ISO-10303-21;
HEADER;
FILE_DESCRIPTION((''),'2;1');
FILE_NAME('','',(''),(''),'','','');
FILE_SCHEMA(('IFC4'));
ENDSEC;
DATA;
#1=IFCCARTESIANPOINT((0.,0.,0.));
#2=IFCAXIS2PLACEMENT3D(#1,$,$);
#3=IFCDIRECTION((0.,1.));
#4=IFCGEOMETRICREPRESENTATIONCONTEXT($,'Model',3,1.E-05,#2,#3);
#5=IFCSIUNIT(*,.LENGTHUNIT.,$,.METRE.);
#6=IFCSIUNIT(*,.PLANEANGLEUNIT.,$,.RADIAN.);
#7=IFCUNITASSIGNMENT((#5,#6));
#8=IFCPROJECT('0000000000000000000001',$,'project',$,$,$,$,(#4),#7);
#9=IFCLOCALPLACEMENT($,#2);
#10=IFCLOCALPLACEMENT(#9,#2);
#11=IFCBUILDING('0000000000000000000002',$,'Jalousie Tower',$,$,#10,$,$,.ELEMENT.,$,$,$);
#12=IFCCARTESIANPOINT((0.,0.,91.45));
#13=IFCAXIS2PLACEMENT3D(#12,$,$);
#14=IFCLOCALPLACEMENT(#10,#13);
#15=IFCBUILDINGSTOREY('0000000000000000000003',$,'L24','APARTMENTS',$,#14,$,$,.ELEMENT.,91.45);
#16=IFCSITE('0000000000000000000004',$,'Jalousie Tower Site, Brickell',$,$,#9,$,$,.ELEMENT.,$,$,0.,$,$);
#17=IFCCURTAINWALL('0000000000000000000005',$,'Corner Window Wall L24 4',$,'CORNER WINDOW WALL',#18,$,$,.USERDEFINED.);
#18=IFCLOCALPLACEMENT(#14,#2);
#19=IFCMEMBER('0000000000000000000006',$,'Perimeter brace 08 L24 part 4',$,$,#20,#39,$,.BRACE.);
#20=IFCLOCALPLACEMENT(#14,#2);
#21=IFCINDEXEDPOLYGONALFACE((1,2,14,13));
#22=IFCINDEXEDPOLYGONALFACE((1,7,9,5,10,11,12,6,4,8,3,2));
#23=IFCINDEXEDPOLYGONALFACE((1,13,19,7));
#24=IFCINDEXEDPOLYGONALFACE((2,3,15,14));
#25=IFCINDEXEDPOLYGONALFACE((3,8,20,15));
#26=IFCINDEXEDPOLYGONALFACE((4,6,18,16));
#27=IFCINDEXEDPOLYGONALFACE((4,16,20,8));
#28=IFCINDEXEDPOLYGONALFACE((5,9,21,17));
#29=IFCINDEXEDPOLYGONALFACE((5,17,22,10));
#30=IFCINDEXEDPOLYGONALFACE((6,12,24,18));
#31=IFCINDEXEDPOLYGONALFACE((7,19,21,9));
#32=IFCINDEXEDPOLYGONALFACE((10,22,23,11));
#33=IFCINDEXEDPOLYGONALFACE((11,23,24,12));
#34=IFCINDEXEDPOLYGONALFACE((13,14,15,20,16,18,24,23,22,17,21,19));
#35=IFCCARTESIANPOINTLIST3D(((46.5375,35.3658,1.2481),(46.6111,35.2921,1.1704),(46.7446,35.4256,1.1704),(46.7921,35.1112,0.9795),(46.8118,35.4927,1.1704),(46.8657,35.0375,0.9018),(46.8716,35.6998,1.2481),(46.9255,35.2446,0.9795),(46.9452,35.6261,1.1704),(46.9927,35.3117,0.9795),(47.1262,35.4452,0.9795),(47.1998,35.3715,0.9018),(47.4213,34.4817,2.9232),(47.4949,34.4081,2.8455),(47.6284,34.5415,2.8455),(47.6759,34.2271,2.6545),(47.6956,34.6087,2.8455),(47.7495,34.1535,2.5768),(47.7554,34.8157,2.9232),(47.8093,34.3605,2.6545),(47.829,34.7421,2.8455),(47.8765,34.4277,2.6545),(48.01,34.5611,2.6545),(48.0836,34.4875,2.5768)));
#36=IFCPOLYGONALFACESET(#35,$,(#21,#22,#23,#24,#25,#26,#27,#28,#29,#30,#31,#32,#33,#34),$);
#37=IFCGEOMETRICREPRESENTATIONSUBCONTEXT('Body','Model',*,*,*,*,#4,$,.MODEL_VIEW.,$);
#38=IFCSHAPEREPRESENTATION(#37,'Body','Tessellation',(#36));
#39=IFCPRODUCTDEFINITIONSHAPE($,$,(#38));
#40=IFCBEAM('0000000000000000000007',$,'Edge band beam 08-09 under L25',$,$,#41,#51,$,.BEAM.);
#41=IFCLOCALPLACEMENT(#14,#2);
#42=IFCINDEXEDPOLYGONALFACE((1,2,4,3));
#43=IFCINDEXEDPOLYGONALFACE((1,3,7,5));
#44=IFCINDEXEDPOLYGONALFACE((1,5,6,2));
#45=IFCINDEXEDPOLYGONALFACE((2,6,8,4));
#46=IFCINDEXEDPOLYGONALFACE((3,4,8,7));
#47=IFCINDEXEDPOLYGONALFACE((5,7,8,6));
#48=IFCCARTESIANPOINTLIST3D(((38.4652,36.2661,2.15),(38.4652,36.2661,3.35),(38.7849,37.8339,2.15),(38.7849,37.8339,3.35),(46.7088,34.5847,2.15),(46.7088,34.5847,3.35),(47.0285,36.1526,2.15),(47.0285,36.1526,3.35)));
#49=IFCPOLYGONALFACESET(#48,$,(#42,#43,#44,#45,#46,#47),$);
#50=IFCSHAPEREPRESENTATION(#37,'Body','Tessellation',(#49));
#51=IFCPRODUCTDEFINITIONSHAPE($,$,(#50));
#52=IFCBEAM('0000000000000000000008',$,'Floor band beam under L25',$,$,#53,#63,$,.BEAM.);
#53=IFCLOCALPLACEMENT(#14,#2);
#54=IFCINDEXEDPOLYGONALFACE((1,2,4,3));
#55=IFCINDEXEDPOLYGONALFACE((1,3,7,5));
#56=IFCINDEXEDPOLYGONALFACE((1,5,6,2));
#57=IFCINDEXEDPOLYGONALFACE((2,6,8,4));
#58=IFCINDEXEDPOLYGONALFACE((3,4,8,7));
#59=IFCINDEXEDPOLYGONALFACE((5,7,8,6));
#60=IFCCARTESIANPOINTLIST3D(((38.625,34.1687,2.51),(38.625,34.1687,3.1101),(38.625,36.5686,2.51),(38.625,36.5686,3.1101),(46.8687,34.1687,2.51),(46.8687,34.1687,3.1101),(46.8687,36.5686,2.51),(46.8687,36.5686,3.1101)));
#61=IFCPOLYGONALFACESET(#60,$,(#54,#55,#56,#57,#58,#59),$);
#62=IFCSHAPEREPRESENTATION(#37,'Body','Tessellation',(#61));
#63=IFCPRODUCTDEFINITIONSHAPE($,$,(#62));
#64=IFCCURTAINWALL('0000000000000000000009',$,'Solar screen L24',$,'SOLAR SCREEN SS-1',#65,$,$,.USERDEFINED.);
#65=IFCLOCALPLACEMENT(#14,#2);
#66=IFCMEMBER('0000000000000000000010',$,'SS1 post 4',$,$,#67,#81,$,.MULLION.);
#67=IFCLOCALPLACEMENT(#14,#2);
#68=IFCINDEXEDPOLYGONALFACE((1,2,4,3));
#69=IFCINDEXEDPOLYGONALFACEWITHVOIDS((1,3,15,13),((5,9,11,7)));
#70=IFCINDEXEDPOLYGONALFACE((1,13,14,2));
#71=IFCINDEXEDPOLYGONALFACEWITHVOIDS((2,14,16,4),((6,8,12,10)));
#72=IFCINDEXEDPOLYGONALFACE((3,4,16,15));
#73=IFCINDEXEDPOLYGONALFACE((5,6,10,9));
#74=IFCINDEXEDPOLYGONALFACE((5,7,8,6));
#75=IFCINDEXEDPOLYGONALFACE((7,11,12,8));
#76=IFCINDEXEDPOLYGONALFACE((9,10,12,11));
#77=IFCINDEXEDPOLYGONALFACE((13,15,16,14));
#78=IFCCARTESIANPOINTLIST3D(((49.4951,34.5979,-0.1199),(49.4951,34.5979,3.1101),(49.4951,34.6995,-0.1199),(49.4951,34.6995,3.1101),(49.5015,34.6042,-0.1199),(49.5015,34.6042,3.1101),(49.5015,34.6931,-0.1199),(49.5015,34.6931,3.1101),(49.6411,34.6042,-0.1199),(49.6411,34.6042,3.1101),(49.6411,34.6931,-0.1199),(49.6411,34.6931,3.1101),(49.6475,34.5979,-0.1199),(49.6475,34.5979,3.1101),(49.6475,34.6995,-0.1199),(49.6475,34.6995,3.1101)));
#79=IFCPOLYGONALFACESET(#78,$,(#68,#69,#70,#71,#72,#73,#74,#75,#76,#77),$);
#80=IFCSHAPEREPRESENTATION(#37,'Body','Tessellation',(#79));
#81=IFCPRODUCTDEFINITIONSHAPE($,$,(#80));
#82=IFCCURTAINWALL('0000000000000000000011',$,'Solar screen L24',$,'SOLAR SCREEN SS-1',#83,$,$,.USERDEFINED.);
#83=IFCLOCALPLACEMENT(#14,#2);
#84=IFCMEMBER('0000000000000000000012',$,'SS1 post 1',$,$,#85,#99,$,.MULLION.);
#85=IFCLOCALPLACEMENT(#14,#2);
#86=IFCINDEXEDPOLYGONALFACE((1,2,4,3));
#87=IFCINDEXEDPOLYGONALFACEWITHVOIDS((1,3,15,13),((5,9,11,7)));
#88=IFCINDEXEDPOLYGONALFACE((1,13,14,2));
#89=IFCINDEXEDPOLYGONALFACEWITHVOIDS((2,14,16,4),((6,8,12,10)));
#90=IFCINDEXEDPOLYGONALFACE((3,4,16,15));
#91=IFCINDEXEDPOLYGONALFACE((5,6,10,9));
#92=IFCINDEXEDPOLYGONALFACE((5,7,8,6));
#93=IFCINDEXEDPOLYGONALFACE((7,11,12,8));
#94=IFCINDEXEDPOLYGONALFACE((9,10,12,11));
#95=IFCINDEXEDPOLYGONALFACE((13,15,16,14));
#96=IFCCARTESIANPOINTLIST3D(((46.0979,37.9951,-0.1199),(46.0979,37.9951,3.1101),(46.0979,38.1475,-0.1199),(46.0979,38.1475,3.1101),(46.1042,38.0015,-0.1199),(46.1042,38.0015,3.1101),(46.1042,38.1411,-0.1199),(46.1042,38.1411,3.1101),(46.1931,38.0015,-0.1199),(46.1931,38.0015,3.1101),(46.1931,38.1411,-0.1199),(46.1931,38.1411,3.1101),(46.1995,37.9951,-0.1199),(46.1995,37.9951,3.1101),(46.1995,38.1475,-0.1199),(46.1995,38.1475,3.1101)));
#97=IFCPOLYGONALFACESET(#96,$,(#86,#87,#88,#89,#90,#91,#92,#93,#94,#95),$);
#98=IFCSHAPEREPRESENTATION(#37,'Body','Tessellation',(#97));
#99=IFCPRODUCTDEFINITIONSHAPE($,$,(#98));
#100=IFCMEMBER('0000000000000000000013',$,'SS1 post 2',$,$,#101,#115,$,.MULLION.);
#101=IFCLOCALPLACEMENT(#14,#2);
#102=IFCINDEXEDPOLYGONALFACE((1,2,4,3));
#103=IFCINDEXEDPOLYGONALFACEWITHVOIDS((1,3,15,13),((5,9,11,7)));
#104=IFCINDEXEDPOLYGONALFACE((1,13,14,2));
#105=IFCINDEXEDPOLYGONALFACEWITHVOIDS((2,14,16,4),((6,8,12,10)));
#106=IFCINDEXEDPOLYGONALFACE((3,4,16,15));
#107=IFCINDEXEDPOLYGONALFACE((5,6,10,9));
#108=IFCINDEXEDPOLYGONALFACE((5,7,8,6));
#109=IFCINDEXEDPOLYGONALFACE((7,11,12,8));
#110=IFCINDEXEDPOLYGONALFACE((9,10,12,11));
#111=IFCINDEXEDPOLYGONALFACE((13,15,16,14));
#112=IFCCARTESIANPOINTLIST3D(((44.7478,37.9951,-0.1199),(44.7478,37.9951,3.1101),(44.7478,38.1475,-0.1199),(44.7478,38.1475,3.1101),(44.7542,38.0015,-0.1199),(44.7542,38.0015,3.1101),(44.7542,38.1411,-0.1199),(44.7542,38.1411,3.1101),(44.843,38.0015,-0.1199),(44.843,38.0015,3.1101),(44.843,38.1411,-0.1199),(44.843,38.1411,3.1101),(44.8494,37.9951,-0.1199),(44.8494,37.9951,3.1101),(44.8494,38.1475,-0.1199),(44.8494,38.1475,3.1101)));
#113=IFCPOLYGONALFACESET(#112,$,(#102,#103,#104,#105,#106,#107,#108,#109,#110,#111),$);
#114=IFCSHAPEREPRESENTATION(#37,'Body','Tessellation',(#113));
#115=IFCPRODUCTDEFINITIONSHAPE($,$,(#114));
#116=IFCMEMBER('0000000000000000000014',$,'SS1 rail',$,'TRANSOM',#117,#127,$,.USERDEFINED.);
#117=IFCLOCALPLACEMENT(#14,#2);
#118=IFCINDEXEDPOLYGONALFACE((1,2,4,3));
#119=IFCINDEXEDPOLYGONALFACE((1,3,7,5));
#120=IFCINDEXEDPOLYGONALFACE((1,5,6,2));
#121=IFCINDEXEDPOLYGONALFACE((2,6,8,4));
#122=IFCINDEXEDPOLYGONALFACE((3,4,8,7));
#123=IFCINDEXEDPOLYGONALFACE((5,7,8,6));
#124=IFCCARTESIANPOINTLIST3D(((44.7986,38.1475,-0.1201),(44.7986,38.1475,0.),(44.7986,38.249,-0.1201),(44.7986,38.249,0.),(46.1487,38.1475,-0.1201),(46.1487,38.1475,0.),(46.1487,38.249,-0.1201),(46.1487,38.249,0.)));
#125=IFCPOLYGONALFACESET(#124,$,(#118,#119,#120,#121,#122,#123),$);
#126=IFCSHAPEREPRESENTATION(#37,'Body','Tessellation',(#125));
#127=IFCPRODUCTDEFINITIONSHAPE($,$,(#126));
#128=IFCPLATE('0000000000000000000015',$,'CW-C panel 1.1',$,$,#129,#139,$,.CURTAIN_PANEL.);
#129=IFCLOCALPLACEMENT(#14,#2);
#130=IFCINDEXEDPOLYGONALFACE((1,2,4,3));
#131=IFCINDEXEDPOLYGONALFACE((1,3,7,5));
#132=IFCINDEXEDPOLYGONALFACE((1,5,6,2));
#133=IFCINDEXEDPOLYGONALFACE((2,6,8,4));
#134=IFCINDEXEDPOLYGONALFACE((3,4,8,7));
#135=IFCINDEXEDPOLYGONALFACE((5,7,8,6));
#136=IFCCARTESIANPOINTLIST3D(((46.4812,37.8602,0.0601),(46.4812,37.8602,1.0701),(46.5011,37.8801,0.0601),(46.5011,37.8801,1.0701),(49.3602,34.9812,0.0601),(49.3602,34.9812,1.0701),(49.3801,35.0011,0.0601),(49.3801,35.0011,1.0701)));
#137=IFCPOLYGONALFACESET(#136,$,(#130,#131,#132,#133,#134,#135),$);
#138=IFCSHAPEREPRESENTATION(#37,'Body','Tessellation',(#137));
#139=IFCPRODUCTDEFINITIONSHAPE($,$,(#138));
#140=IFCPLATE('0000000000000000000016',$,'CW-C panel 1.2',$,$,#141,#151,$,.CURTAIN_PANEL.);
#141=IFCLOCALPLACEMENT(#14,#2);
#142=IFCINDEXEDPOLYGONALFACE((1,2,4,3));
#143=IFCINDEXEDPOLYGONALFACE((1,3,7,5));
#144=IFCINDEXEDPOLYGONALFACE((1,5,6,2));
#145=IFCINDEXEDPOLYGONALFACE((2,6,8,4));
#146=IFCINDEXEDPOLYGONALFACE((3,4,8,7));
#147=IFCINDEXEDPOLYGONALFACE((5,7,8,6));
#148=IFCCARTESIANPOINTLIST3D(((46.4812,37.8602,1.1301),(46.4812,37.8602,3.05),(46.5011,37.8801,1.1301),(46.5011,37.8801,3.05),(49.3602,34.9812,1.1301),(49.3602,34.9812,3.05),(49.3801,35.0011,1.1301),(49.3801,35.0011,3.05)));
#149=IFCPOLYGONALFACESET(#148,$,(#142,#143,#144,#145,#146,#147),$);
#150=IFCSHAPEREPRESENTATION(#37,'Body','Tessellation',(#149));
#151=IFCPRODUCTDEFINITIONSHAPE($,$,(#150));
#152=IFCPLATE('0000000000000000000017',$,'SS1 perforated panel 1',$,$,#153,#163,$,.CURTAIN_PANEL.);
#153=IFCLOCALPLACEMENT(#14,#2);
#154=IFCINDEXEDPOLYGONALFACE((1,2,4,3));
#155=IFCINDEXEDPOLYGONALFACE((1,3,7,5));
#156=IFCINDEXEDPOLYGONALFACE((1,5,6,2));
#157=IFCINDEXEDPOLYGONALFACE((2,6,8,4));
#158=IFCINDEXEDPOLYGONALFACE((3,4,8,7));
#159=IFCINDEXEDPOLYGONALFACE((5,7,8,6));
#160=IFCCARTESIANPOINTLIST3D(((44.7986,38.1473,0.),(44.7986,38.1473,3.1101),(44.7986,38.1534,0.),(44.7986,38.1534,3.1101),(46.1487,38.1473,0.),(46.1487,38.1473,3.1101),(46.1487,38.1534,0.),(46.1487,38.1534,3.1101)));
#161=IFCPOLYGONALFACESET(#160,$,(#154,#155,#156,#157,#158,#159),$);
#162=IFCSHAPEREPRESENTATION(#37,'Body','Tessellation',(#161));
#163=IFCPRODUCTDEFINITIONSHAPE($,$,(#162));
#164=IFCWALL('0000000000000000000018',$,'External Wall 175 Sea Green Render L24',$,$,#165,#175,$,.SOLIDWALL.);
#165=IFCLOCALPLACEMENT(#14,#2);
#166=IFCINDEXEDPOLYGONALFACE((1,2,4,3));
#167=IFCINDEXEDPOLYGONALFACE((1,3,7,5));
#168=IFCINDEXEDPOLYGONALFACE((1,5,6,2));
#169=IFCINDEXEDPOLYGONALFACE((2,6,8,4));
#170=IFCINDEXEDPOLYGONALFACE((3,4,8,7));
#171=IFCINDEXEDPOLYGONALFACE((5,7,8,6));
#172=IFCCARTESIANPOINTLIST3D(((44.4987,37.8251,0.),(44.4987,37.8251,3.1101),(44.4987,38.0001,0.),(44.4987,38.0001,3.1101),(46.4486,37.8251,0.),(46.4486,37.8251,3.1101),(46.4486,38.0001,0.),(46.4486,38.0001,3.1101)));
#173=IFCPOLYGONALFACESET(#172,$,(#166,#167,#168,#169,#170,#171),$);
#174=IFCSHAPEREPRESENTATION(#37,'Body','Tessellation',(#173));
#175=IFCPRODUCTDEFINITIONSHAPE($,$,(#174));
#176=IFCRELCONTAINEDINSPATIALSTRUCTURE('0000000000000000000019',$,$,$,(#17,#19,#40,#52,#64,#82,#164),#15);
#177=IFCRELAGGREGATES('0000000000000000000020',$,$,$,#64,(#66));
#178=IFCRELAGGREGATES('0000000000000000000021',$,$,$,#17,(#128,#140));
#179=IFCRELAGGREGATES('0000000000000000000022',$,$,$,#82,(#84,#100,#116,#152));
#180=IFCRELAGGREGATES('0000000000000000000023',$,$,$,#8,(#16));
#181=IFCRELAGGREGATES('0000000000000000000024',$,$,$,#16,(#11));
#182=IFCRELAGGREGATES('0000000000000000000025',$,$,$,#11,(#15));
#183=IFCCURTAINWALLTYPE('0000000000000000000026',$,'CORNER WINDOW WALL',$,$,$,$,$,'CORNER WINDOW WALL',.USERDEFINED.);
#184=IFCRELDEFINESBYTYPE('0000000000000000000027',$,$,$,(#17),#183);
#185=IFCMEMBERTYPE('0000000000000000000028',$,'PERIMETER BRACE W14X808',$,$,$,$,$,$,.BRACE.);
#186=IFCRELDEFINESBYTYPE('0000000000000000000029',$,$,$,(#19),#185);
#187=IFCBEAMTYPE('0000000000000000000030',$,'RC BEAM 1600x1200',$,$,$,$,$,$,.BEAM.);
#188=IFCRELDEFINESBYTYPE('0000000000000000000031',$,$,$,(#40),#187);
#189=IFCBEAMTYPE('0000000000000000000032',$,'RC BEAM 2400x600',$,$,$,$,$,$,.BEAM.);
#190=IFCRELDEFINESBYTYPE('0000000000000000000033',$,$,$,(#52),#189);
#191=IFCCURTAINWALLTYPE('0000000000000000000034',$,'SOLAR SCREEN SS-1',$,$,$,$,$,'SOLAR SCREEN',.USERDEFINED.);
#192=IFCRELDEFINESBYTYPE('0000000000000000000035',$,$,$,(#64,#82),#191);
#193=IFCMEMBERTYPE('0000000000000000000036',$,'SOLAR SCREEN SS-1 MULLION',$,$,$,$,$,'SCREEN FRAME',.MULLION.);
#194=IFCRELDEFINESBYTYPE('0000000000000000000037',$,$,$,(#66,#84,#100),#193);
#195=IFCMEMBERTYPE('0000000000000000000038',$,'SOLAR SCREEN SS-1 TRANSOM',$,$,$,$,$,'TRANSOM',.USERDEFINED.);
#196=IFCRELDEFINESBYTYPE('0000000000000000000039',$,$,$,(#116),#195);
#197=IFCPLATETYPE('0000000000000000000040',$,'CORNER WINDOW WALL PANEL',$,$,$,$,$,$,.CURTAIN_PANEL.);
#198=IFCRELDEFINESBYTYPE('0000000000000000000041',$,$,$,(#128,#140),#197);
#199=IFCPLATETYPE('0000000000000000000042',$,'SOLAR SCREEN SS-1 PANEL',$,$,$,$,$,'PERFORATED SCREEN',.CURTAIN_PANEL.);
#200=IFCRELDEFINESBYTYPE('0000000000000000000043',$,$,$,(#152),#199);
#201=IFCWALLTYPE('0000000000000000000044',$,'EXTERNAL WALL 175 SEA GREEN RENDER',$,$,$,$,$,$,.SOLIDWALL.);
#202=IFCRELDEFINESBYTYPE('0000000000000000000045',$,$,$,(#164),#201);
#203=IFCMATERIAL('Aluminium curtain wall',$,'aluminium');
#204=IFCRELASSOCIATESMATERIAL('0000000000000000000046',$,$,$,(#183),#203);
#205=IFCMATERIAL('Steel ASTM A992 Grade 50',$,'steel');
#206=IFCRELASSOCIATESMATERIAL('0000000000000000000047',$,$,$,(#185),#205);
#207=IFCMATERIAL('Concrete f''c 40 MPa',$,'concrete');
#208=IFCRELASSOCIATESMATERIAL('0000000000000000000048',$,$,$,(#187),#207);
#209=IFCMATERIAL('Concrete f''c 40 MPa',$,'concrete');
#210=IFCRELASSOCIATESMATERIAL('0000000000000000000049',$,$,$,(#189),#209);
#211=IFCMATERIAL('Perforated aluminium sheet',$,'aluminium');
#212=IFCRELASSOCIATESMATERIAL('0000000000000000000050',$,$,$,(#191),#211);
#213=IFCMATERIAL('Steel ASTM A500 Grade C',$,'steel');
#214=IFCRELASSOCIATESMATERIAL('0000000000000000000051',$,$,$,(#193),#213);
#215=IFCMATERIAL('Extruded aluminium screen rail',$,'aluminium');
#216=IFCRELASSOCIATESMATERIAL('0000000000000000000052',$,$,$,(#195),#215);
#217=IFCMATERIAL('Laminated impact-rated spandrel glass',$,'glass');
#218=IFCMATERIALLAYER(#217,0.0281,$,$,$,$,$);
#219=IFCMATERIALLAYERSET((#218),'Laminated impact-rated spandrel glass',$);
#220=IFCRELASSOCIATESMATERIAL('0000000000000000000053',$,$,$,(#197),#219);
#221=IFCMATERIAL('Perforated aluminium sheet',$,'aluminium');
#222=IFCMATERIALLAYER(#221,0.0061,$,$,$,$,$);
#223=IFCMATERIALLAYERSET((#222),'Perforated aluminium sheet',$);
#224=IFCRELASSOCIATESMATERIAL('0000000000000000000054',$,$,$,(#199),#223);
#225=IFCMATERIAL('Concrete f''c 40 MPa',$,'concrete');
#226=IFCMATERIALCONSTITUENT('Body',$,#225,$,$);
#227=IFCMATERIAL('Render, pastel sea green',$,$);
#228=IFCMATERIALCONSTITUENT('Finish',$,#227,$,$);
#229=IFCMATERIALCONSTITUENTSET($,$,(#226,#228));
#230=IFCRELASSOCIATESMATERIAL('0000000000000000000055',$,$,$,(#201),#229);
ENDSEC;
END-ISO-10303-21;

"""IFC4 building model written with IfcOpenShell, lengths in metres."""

from ifc_helpers import new_model, si_unit, direction, frame, frame_2d, origin, origin_2d, place, context, subcontext, project, spatial, rectangle, hollow_rectangle, i_section, extrude, material, layer, layer_set, constituent, constituent_set, material_profile, profile_set, type_object, element, aggregate, save


model = new_model("IFC4")

# Units and contexts
model_context = context("Model", 3, precision=1e-05, world=origin(), true_north=direction((0.0, 1.0)))
body_context = subcontext(model_context, "Body", "Model", "MODEL_VIEW")
ifc_project = project(units=[si_unit("LENGTHUNIT", "METRE"), si_unit("PLANEANGLEUNIT", "RADIAN")], contexts=[model_context])

# Site, building, storey
site_placement = place(None, origin())
site = spatial("IfcSite", under=ifc_project, at=site_placement, Name="Jalousie Tower Site, Brickell", CompositionType="ELEMENT", RefElevation=0.0)
building_placement = place(site_placement, origin())
building = spatial("IfcBuilding", under=site, at=building_placement, Name="Jalousie Tower", CompositionType="ELEMENT")
storey_placement = place(building_placement, frame((0.0, 0.0, 91.45)))
storey = spatial("IfcBuildingStorey", under=building, at=storey_placement, Name="L24", Description="APARTMENTS", CompositionType="ELEMENT", Elevation=91.45)

# Curtain wall
ifc_material_1 = material(Name="Aluminium curtain wall", Category="aluminium")
curtain_wall_type_1 = type_object("IfcCurtainWallType", Name="CORNER WINDOW WALL", ElementType="CORNER WINDOW WALL", PredefinedType="USERDEFINED", material=ifc_material_1)
curtain_wall_1_placement = place(storey_placement, origin())
curtain_wall_1 = element("IfcCurtainWall", 1, at=curtain_wall_1_placement, inside=storey, type_object=curtain_wall_type_1, Name="Corner Window Wall L24 4", ObjectType="CORNER WINDOW WALL", PredefinedType="USERDEFINED")

# Member
ifc_material_2 = material(Name="Steel ASTM A992 Grade 50", Category="steel")
ifc_material_profile_1 = material_profile(ifc_material_2, i_section(OverallWidth=0.4724, OverallDepth=0.5791, WebThickness=0.095, FlangeThickness=0.1299, at=origin_2d()), Name="W14X808")
ifc_profile_set_1 = profile_set([ifc_material_profile_1], Name="Steel ASTM A992 Grade 50")
member_type_1 = type_object("IfcMemberType", Name="PERIMETER BRACE W14X808", PredefinedType="BRACE", material=ifc_profile_set_1)
member_1_placement = place(storey_placement, frame((46.8687, 35.3687, 1.075), z_axis=(0.422852, -0.422969, 0.801432), x_axis=(0.707204, 0.707009, 0.0)))
element("IfcMember", 2, at=member_1_placement, inside=storey, type_object=member_type_1, Name="Perimeter brace 08 L24 part 4", PredefinedType="BRACE", context=body_context, shape_type="SweptSolid", body=[
    extrude(i_section(OverallWidth=0.4724, OverallDepth=0.5791, WebThickness=0.095, FlangeThickness=0.1299, at=origin_2d()), origin(), (0.0, 0.0, 1.0), 2.0901),
])

# Beams
ifc_material_3 = material(Name="Concrete f'c 40 MPa", Category="concrete")
ifc_material_profile_2 = material_profile(ifc_material_3, rectangle(XDim=1.6001, YDim=1.2, at=origin_2d()), Name="RC 1600x1200")
ifc_profile_set_2 = profile_set([ifc_material_profile_2], Name="Concrete f'c 40 MPa")
beam_type_1 = type_object("IfcBeamType", Name="RC BEAM 1600x1200", PredefinedType="BEAM", material=ifc_profile_set_2)
beam_1_placement = place(storey_placement, frame((46.8687, 35.3687, 2.75), z_axis=(-0.979827, 0.199848, 0.0), x_axis=(-0.199848, -0.979827, 0.0)))
element("IfcBeam", 3, at=beam_1_placement, inside=storey, type_object=beam_type_1, Name="Edge band beam 08-09 under L25", PredefinedType="BEAM", context=body_context, shape_type="SweptSolid", body=[
    extrude(rectangle(XDim=1.6001, YDim=1.2, at=origin_2d()), origin(), (0.0, 0.0, 1.0), 8.4133),
])
ifc_material_4 = material(Name="Concrete f'c 40 MPa", Category="concrete")
ifc_material_profile_3 = material_profile(ifc_material_4, rectangle(XDim=2.3999, YDim=0.6001, at=origin_2d()), Name="RC 2400x600")
ifc_profile_set_3 = profile_set([ifc_material_profile_3], Name="Concrete f'c 40 MPa")
beam_type_2 = type_object("IfcBeamType", Name="RC BEAM 2400x600", PredefinedType="BEAM", material=ifc_profile_set_3)
beam_2_placement = place(storey_placement, frame((46.8687, 35.3687, 2.8101), z_axis=(-1.0, 0.0, 0.0), x_axis=(0.0, -1.0, 0.0)))
element("IfcBeam", 4, at=beam_2_placement, inside=storey, type_object=beam_type_2, Name="Floor band beam under L25", PredefinedType="BEAM", context=body_context, shape_type="SweptSolid", body=[
    extrude(rectangle(XDim=2.3999, YDim=0.6001, at=origin_2d()), origin(), (0.0, 0.0, 1.0), 8.2437),
])

# Curtain wall, member
ifc_material_5 = material(Name="Perforated aluminium sheet", Category="aluminium")
curtain_wall_type_2 = type_object("IfcCurtainWallType", Name="SOLAR SCREEN SS-1", ElementType="SOLAR SCREEN", PredefinedType="USERDEFINED", material=ifc_material_5)
curtain_wall_2_placement = place(storey_placement, origin())
curtain_wall_2 = element("IfcCurtainWall", 5, at=curtain_wall_2_placement, inside=storey, type_object=curtain_wall_type_2, Name="Solar screen L24", ObjectType="SOLAR SCREEN SS-1", PredefinedType="USERDEFINED")
ifc_material_6 = material(Name="Steel ASTM A500 Grade C", Category="steel")
ifc_material_profile_4 = material_profile(ifc_material_6, hollow_rectangle(XDim=0.1016, YDim=0.1523, WallThickness=0.0063, at=origin_2d()), Name="HSS6X4X1/4")
ifc_profile_set_4 = profile_set([ifc_material_profile_4], Name="Steel ASTM A500 Grade C")
member_type_2 = type_object("IfcMemberType", Name="SOLAR SCREEN SS-1 MULLION", ElementType="SCREEN FRAME", PredefinedType="MULLION", material=ifc_profile_set_4)
member_2_placement = place(storey_placement, frame((49.5713, 34.6487, -0.1199), z_axis=(0.0, 0.0, 1.0), x_axis=(0.0, 1.0, 0.0)))
member_2 = element("IfcMember", 6, at=member_2_placement, type_object=member_type_2, Name="SS1 post 4", PredefinedType="MULLION", context=body_context, shape_type="SweptSolid", body=[
    extrude(hollow_rectangle(XDim=0.1016, YDim=0.1523, WallThickness=0.0063, at=origin_2d()), origin(), (0.0, 0.0, 1.0), 3.23),
])
aggregate(curtain_wall_2, [member_2])

# Curtain wall, members
curtain_wall_3_placement = place(storey_placement, origin())
curtain_wall_3 = element("IfcCurtainWall", 7, at=curtain_wall_3_placement, inside=storey, type_object=curtain_wall_type_2, Name="Solar screen L24", ObjectType="SOLAR SCREEN SS-1", PredefinedType="USERDEFINED")
member_3_placement = place(storey_placement, frame((46.1487, 38.0713, -0.1199), z_axis=(0.0, 0.0, 1.0), x_axis=(-1.0, 0.0, 0.0)))
member_3 = element("IfcMember", 8, at=member_3_placement, type_object=member_type_2, Name="SS1 post 1", PredefinedType="MULLION", context=body_context, shape_type="SweptSolid", body=[
    extrude(hollow_rectangle(XDim=0.1016, YDim=0.1523, WallThickness=0.0063, at=origin_2d()), origin(), (0.0, 0.0, 1.0), 3.23),
])
member_4_placement = place(storey_placement, frame((44.7986, 38.0713, -0.1199), z_axis=(0.0, 0.0, 1.0), x_axis=(-1.0, 0.0, 0.0)))
member_4 = element("IfcMember", 9, at=member_4_placement, type_object=member_type_2, Name="SS1 post 2", PredefinedType="MULLION", context=body_context, shape_type="SweptSolid", body=[
    extrude(hollow_rectangle(XDim=0.1016, YDim=0.1523, WallThickness=0.0063, at=origin_2d()), origin(), (0.0, 0.0, 1.0), 3.23),
])
ifc_material_7 = material(Name="Extruded aluminium screen rail", Category="aluminium")
ifc_material_profile_5 = material_profile(ifc_material_7, rectangle(XDim=0.1016, YDim=0.1201, at=origin_2d()), Name="RAIL 102x120")
ifc_profile_set_5 = profile_set([ifc_material_profile_5], Name="Extruded aluminium screen rail")
member_type_3 = type_object("IfcMemberType", Name="SOLAR SCREEN SS-1 TRANSOM", ElementType="TRANSOM", PredefinedType="USERDEFINED", material=ifc_profile_set_5)
member_5_placement = place(storey_placement, frame((46.1487, 38.1982, -0.0601), z_axis=(-1.0, 0.0, 0.0), x_axis=(0.0, -1.0, 0.0)))
member_5 = element("IfcMember", 10, at=member_5_placement, type_object=member_type_3, Name="SS1 rail", ObjectType="TRANSOM", PredefinedType="USERDEFINED", context=body_context, shape_type="SweptSolid", body=[
    extrude(rectangle(XDim=0.1016, YDim=0.1201, at=origin_2d()), origin(), (0.0, 0.0, 1.0), 1.3501),
])

# Plates
ifc_material_8 = material(Name="Laminated impact-rated spandrel glass", Category="glass")
ifc_layer_1 = layer(ifc_material_8, 0.0281)
ifc_layer_set_1 = layer_set([ifc_layer_1], Name="Laminated impact-rated spandrel glass")
plate_type_1 = type_object("IfcPlateType", Name="CORNER WINDOW WALL PANEL", PredefinedType="CURTAIN_PANEL", material=ifc_layer_set_1)
plate_1_placement = place(storey_placement, frame((47.9307, 36.4307, 0.0601), z_axis=(0.0, 0.0, 1.0), x_axis=(-0.707107, 0.707107, 0.0)))
plate_1 = element("IfcPlate", 11, at=plate_1_placement, type_object=plate_type_1, Name="CW-C panel 1.1", PredefinedType="CURTAIN_PANEL", context=body_context, shape_type="SweptSolid", body=[
    extrude(rectangle(XDim=4.0715, YDim=0.0281, at=origin_2d()), origin(), (0.0, 0.0, 1.0), 1.01),
])
plate_2_placement = place(storey_placement, frame((47.9307, 36.4307, 1.1301), z_axis=(0.0, 0.0, 1.0), x_axis=(-0.707107, 0.707107, 0.0)))
plate_2 = element("IfcPlate", 12, at=plate_2_placement, type_object=plate_type_1, Name="CW-C panel 1.2", PredefinedType="CURTAIN_PANEL", context=body_context, shape_type="SweptSolid", body=[
    extrude(rectangle(XDim=4.0715, YDim=0.0281, at=origin_2d()), origin(), (0.0, 0.0, 1.0), 1.9199),
])
aggregate(curtain_wall_1, [plate_1, plate_2])
ifc_material_9 = material(Name="Perforated aluminium sheet", Category="aluminium")
ifc_layer_2 = layer(ifc_material_9, 0.0061)
ifc_layer_set_2 = layer_set([ifc_layer_2], Name="Perforated aluminium sheet")
plate_type_2 = type_object("IfcPlateType", Name="SOLAR SCREEN SS-1 PANEL", ElementType="PERFORATED SCREEN", PredefinedType="CURTAIN_PANEL", material=ifc_layer_set_2)
plate_3_placement = place(storey_placement, frame((45.4736, 38.1504, 0.0), z_axis=(0.0, 0.0, 1.0), x_axis=(-1.0, 0.0, 0.0)))
plate_3 = element("IfcPlate", 13, at=plate_3_placement, type_object=plate_type_2, Name="SS1 perforated panel 1", PredefinedType="CURTAIN_PANEL", context=body_context, shape_type="SweptSolid", body=[
    extrude(rectangle(XDim=1.3501, YDim=0.0061, at=origin_2d()), origin(), (0.0, 0.0, 1.0), 3.1101),
])
aggregate(curtain_wall_3, [member_3, member_4, member_5, plate_3])

# Wall
ifc_material_10 = material(Name="Concrete f'c 40 MPa", Category="concrete")
ifc_constituent_1 = constituent(ifc_material_10, Name="Body")
ifc_material_11 = material(Name="Render, pastel sea green")
ifc_constituent_2 = constituent(ifc_material_11, Name="Finish")
ifc_constituent_set = constituent_set(constituents=[ifc_constituent_1, ifc_constituent_2])
wall_type = type_object("IfcWallType", Name="EXTERNAL WALL 175 SEA GREEN RENDER", PredefinedType="SOLIDWALL", material=ifc_constituent_set)
wall_1_placement = place(storey_placement, frame((46.4487, 37.9126, 0.0), z_axis=(0.0, 0.0, 1.0), x_axis=(-1.0, 0.0, 0.0)))
element("IfcWall", 14, at=wall_1_placement, inside=storey, type_object=wall_type, Name="External Wall 175 Sea Green Render L24", PredefinedType="SOLIDWALL", context=body_context, shape_type="SweptSolid", body=[
    extrude(rectangle(XDim=1.95, YDim=0.175, at=frame_2d((0.9751, 0.0))), origin(), (0.0, 0.0, 1.0), 3.1101),
])

save(model, "model.ifc")
